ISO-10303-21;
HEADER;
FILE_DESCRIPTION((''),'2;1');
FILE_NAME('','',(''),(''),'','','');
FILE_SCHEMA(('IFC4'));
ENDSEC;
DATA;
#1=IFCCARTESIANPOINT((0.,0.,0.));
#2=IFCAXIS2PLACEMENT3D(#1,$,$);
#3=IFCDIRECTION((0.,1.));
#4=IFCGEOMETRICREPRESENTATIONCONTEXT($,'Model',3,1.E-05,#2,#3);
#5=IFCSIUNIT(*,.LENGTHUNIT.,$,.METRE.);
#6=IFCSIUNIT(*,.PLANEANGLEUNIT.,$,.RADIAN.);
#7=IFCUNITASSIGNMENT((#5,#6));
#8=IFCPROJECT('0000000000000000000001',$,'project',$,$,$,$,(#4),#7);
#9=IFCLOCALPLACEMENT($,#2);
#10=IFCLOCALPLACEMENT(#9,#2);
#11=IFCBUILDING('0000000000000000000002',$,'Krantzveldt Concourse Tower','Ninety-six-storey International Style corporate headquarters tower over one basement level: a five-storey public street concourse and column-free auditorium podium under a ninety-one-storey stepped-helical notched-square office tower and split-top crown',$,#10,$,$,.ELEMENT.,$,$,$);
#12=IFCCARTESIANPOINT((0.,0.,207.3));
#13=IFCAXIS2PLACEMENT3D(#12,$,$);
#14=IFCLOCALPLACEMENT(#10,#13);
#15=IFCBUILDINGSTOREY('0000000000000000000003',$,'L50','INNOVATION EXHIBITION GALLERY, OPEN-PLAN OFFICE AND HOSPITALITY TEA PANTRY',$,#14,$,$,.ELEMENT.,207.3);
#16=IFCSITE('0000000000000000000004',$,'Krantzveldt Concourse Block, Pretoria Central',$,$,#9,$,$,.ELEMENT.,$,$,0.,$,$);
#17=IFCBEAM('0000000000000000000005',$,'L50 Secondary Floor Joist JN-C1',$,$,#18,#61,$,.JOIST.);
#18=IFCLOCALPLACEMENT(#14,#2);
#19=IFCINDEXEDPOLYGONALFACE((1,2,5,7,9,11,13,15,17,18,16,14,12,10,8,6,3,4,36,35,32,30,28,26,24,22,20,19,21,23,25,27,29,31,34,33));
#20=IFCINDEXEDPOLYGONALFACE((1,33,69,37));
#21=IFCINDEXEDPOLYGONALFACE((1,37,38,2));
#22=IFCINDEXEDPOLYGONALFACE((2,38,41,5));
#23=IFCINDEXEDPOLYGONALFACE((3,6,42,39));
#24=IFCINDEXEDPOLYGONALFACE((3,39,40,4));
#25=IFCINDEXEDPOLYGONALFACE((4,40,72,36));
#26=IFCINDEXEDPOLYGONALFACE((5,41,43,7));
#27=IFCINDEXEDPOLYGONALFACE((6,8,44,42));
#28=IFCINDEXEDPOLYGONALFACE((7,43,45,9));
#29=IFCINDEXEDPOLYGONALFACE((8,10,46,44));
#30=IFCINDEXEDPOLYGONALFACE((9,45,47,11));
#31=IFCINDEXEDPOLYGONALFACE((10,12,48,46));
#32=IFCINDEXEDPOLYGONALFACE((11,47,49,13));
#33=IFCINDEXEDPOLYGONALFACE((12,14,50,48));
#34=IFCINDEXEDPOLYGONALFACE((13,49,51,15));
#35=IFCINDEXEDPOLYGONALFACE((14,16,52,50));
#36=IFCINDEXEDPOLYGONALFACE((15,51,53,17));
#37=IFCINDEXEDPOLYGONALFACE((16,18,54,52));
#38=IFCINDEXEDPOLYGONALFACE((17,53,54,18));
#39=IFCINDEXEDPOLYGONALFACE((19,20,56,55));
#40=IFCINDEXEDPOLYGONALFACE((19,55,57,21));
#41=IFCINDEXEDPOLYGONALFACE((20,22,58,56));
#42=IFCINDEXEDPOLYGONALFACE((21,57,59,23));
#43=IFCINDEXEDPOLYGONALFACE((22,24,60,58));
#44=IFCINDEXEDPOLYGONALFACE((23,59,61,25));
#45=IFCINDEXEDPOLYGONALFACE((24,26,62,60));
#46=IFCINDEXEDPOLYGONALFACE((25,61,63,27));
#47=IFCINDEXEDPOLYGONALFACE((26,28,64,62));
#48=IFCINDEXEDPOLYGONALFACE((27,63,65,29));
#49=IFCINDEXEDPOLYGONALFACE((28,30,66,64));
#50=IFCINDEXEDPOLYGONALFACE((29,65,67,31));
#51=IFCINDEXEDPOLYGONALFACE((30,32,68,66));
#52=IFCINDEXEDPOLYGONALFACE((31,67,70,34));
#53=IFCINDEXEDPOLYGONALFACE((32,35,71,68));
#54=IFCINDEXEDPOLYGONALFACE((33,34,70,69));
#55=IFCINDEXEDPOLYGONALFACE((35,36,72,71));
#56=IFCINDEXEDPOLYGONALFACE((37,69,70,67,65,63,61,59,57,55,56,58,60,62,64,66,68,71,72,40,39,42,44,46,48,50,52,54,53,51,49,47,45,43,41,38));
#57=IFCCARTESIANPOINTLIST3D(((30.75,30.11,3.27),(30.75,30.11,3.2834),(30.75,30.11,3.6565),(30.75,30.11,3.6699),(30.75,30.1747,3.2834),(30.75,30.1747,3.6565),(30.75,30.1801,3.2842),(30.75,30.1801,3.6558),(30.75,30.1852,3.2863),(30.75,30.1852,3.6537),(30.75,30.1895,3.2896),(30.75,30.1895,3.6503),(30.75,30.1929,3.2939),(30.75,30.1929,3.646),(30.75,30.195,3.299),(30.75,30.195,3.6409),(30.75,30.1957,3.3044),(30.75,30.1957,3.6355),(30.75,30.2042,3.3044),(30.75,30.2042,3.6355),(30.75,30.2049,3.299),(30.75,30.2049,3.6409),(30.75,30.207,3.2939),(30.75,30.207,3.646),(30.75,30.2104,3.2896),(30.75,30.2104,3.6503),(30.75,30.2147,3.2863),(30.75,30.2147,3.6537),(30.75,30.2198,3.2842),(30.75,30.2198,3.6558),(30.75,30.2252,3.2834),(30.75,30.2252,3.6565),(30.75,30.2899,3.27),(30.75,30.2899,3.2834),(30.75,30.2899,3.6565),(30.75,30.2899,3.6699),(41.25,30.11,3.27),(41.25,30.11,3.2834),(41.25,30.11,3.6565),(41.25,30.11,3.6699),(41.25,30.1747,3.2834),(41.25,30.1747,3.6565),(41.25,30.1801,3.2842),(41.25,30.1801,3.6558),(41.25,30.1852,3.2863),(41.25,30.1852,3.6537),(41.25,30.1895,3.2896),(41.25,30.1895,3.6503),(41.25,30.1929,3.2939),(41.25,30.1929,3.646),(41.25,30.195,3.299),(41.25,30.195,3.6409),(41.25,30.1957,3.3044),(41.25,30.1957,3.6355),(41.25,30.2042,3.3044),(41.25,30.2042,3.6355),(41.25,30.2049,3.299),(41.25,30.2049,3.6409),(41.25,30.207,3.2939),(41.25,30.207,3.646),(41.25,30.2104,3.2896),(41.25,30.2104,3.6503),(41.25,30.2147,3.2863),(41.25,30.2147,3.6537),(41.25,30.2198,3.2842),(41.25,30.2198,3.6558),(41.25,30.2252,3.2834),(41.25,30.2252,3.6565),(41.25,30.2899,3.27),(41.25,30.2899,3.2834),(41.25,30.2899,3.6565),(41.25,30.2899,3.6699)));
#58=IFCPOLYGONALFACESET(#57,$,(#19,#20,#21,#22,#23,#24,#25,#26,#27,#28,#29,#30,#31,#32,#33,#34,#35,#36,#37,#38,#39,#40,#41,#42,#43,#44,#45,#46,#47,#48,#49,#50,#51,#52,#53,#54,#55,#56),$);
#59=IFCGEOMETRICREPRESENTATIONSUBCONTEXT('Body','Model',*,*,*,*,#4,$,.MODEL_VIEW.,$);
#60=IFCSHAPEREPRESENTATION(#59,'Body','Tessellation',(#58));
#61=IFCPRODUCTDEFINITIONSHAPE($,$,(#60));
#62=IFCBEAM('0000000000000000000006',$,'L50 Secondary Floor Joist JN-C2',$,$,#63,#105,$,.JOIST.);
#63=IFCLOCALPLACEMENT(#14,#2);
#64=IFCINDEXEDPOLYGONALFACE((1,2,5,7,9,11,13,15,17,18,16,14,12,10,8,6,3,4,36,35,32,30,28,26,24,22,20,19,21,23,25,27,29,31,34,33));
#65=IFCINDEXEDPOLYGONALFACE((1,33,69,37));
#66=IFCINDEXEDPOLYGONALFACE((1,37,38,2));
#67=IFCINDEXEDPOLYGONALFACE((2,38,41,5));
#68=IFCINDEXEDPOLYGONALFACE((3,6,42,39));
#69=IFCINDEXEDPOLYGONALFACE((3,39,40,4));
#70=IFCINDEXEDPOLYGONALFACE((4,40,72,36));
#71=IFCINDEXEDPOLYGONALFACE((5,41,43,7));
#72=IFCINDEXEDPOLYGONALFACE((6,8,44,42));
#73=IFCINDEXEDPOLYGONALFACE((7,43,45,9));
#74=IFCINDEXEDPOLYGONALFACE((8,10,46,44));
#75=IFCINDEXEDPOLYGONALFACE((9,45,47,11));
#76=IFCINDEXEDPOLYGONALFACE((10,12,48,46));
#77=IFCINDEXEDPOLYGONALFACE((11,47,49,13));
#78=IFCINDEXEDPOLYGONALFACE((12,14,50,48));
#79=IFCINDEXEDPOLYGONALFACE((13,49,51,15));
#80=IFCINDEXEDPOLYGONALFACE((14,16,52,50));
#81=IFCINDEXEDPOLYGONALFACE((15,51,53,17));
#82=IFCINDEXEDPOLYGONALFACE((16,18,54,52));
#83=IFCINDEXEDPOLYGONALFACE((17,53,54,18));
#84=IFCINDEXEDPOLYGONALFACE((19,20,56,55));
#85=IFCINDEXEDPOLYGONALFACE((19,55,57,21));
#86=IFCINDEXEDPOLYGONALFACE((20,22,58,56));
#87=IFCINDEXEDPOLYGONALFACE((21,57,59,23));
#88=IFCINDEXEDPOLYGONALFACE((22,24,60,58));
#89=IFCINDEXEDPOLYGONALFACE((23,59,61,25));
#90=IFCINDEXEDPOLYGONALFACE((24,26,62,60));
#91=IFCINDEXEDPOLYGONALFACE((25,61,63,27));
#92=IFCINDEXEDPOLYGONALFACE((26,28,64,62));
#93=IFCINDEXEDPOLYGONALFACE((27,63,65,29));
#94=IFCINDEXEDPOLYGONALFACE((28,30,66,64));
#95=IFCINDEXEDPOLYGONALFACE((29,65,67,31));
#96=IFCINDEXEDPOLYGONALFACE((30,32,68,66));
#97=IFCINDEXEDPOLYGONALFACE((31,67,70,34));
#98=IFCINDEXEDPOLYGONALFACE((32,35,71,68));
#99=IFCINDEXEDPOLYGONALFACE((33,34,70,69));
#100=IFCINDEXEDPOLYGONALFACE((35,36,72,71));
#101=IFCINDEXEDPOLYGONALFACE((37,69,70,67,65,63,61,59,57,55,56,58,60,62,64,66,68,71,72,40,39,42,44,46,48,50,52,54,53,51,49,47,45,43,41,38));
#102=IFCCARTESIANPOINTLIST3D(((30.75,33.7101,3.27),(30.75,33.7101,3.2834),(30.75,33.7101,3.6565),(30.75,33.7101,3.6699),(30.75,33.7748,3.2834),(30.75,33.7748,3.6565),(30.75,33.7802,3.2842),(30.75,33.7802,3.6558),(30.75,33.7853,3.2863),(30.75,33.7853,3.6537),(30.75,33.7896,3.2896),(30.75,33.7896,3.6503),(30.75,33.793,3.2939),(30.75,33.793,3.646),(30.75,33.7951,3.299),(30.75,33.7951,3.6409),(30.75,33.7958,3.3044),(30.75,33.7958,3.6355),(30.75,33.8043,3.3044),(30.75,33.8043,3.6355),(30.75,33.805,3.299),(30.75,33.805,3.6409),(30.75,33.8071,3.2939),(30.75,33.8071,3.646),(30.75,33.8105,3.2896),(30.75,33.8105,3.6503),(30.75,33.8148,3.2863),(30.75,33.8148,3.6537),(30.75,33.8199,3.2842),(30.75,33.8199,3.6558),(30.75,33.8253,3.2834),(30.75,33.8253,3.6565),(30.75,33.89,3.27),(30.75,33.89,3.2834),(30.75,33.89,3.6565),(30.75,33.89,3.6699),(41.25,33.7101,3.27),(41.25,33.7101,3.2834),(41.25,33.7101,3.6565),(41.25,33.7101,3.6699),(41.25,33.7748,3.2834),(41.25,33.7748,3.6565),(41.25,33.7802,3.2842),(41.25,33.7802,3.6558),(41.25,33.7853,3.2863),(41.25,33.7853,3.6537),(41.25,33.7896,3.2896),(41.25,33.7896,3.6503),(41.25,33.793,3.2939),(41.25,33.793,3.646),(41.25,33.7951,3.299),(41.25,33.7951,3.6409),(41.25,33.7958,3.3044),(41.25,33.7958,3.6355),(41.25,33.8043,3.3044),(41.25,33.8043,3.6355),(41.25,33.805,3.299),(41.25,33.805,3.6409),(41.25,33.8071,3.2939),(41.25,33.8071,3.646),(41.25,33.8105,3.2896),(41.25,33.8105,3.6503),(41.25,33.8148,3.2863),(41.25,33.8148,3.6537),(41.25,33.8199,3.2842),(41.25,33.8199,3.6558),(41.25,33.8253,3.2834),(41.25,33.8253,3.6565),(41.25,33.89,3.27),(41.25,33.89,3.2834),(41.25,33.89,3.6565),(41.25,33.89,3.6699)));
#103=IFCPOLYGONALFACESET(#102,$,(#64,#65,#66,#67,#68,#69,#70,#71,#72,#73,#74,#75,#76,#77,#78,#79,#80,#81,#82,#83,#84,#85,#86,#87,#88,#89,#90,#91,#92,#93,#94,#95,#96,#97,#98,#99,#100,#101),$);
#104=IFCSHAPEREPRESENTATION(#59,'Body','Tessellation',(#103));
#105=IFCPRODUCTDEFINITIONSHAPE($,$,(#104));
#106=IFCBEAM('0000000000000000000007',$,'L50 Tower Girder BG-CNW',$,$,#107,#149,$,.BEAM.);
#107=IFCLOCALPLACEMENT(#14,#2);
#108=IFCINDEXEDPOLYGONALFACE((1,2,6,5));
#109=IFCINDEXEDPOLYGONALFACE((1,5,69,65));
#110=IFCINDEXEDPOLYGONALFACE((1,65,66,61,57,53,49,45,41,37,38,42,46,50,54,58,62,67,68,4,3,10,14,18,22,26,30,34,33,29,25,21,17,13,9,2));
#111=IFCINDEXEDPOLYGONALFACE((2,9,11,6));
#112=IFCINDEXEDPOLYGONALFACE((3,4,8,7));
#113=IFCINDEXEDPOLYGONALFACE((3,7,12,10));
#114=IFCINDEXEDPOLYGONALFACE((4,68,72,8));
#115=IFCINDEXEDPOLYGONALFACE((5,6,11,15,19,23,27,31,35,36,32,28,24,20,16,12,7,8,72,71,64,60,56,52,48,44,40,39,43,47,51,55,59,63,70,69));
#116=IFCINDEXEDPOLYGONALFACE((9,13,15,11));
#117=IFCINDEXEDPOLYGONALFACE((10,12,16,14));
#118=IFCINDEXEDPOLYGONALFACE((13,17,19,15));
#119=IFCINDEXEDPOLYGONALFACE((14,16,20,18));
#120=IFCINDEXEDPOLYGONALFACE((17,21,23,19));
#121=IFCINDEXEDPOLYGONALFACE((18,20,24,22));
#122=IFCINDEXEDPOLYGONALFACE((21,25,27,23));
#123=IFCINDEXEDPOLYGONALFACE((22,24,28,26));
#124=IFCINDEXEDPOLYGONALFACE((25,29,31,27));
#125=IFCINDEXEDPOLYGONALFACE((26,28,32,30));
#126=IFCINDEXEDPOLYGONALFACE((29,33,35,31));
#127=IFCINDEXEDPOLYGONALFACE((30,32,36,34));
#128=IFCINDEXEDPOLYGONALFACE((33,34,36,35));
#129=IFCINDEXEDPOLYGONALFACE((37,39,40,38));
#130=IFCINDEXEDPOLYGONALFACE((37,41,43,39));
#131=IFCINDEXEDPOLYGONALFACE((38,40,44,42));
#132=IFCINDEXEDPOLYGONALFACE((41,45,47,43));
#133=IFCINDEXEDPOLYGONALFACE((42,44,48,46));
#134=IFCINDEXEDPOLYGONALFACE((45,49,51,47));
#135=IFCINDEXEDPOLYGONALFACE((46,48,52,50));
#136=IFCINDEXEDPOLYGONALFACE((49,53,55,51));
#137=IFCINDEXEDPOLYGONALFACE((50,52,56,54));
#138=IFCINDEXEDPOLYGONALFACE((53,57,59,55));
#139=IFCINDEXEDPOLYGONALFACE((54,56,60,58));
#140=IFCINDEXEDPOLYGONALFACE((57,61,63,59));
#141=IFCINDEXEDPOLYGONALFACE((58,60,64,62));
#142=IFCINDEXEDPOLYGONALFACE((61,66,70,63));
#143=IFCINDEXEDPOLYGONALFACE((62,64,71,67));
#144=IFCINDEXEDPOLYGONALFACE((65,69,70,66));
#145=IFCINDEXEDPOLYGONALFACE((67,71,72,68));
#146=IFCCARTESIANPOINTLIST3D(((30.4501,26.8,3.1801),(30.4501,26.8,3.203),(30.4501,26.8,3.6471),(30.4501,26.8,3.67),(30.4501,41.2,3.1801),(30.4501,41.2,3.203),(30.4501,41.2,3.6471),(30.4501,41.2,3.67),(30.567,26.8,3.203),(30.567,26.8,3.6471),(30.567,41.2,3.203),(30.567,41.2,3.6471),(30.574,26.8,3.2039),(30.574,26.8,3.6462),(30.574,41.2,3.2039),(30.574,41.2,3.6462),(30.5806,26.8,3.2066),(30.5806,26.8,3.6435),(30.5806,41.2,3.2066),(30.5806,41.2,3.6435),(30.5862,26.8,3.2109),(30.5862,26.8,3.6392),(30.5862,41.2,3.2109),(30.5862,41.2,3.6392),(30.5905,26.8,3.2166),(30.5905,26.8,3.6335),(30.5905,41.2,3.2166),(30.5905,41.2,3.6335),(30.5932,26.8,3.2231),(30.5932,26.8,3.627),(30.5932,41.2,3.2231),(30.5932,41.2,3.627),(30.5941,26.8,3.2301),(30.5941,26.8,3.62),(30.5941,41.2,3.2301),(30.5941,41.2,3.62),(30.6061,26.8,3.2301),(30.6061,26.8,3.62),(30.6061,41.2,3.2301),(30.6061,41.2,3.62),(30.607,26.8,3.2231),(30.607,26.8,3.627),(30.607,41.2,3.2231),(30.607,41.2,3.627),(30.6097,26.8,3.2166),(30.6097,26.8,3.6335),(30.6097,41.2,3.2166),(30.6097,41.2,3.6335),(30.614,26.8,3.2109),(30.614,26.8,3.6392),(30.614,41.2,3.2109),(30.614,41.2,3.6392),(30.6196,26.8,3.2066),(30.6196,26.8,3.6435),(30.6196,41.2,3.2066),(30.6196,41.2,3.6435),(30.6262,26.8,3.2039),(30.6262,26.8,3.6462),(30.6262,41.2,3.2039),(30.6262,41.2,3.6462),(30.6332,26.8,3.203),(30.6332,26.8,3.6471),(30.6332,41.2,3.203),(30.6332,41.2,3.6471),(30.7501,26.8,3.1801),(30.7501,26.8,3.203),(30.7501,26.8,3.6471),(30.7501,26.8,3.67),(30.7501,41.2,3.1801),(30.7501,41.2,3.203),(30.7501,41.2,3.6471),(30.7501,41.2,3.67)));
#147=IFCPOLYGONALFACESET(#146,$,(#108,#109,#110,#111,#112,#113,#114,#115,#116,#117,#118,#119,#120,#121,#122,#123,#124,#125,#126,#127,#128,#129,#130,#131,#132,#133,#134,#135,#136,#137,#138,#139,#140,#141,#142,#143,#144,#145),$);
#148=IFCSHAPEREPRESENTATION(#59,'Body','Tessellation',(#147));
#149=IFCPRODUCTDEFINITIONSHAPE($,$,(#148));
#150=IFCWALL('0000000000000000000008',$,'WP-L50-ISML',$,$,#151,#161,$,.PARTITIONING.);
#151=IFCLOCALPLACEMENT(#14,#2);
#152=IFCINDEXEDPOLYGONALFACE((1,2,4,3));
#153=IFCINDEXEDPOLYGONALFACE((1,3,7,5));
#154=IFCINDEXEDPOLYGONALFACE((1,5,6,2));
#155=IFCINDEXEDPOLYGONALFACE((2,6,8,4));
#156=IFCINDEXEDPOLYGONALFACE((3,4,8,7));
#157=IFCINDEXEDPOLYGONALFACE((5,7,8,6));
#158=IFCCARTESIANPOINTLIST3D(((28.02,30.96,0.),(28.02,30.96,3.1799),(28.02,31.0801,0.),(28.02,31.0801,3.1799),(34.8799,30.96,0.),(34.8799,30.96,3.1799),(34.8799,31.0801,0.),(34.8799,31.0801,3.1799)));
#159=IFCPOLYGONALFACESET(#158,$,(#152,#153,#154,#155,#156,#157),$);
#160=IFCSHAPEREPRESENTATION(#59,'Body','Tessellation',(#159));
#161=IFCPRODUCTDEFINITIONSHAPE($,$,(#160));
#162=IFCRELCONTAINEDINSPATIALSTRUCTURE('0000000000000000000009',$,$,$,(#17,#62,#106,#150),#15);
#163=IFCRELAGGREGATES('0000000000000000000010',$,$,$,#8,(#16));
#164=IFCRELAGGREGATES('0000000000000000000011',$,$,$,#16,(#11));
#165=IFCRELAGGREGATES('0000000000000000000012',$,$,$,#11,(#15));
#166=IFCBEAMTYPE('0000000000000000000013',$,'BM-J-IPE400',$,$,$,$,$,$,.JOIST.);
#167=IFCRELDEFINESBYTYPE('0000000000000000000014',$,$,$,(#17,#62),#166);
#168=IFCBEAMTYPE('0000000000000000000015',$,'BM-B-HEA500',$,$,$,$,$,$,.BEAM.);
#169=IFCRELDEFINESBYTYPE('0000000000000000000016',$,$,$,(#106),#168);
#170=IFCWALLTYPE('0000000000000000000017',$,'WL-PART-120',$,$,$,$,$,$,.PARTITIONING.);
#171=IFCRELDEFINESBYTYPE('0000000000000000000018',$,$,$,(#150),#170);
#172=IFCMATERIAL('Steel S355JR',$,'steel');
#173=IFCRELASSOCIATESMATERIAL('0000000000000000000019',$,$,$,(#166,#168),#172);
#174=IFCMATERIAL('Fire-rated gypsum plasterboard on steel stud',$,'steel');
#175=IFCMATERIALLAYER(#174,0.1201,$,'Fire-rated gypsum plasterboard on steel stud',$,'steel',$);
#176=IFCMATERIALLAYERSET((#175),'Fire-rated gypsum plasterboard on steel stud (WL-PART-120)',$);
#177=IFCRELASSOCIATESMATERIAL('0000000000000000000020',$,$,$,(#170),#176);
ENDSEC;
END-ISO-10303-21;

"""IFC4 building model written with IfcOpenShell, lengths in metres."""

from ifc_helpers import new_model, si_unit, direction, frame, frame_2d, origin, origin_2d, place, context, subcontext, project, spatial, rectangle, i_section, extrude, source, transform, mapped, material, layer, layer_set, material_profile, profile_set, type_object, type_shapes, element, save


model = new_model("IFC4")

# Units and contexts
model_context = context("Model", 3, precision=1e-05, world=origin(), true_north=direction((0.0, 1.0)))
body_context = subcontext(model_context, "Body", "Model", "MODEL_VIEW")
ifc_project = project(units=[si_unit("LENGTHUNIT", "METRE"), si_unit("PLANEANGLEUNIT", "RADIAN")], contexts=[model_context])

# Site, building, storey
site_placement = place(None, origin())
site = spatial("IfcSite", under=ifc_project, at=site_placement, Name="Krantzveldt Concourse Block, Pretoria Central", CompositionType="ELEMENT", RefElevation=0.0)
building_placement = place(site_placement, origin())
building = spatial("IfcBuilding", under=site, at=building_placement, Name="Krantzveldt Concourse Tower", Description="Ninety-six-storey International Style corporate headquarters tower over one basement level: a five-storey public street concourse and column-free auditorium podium under a ninety-one-storey stepped-helical notched-square office tower and split-top crown", CompositionType="ELEMENT")
storey_placement = place(building_placement, frame((0.0, 0.0, 207.3)))
storey = spatial("IfcBuildingStorey", under=building, at=storey_placement, Name="L50", Description="INNOVATION EXHIBITION GALLERY, OPEN-PLAN OFFICE AND HOSPITALITY TEA PANTRY", CompositionType="ELEMENT", Elevation=207.3)

# Beams
ifc_material_1 = material(Name="Steel S355JR", Category="steel")
ifc_material_profile_1 = material_profile(ifc_material_1, i_section(OverallWidth=0.1799, OverallDepth=0.3999, WebThickness=0.0085, FlangeThickness=0.0134, FilletRadius=0.021, at=origin_2d()), Name="Steel S355JR", Category="steel")
ifc_profile_set_1 = profile_set([ifc_material_profile_1], Name="Steel S355JR - IPE 400")
beam_type_1 = type_object("IfcBeamType", Name="BM-J-IPE400", PredefinedType="JOIST", material=ifc_profile_set_1)
shared_shape_1 = source(origin(), body_context, "Body", "SweptSolid", [
    extrude(i_section(OverallWidth=0.1799, OverallDepth=0.3999, WebThickness=0.0085, FlangeThickness=0.0134, FilletRadius=0.021, at=origin_2d()), origin(), (0.0, 0.0, 1.0), 10.5),
])
type_shapes(beam_type_1, [shared_shape_1])
for number, where, z_axis, x_axis, name in (
    (1, (30.75, 30.2, 3.47), (1.0, 0.0, 0.0), (0.0, 1.0, 0.0), "L50 Secondary Floor Joist JN-C1"),
    (2, (30.75, 33.8, 3.47), (1.0, 0.0, 0.0), (0.0, 1.0, 0.0), "L50 Secondary Floor Joist JN-C2"),
):
    element("IfcBeam", number, at=place(storey_placement, frame(where, z_axis=z_axis, x_axis=x_axis)), inside=storey, type_object=beam_type_1, Name=name, PredefinedType="JOIST", context=body_context, shape_type="MappedRepresentation", body=[
        mapped(shared_shape_1, transform((0.0, 0.0, 0.0), x_axis=(1.0, 0.0, 0.0), y_axis=(0.0, 1.0, 0.0), z_axis=(0.0, 0.0, 1.0), scale=1.0)),
    ])
ifc_material_profile_2 = material_profile(ifc_material_1, i_section(OverallWidth=0.3, OverallDepth=0.49, WebThickness=0.012, FlangeThickness=0.0229, FilletRadius=0.0271, at=origin_2d()), Name="Steel S355JR", Category="steel")
ifc_profile_set_2 = profile_set([ifc_material_profile_2], Name="Steel S355JR - HEA 500")
beam_type_2 = type_object("IfcBeamType", Name="BM-B-HEA500", PredefinedType="BEAM", material=ifc_profile_set_2)
shared_shape_2 = source(origin(), body_context, "Body", "SweptSolid", [
    extrude(i_section(OverallWidth=0.3, OverallDepth=0.49, WebThickness=0.012, FlangeThickness=0.0229, FilletRadius=0.0271, at=origin_2d()), origin(), (0.0, 0.0, 1.0), 14.3999),
])
type_shapes(beam_type_2, [shared_shape_2])
beam_placement = place(storey_placement, frame((30.6001, 26.8, 3.425), z_axis=(0.0, 1.0, 0.0), x_axis=(-1.0, 0.0, 0.0)))
element("IfcBeam", 3, at=beam_placement, inside=storey, type_object=beam_type_2, Name="L50 Tower Girder BG-CNW", PredefinedType="BEAM", context=body_context, shape_type="MappedRepresentation", body=[
    mapped(shared_shape_2, transform((0.0, 0.0, 0.0), x_axis=(1.0, 0.0, 0.0), y_axis=(0.0, 1.0, 0.0), z_axis=(0.0, 0.0, 1.0), scale=1.0)),
])

# Wall
ifc_material_2 = material(Name="Fire-rated gypsum plasterboard on steel stud", Category="steel")
ifc_layer_1 = layer(ifc_material_2, 0.1201, Name="Fire-rated gypsum plasterboard on steel stud", Category="steel")
ifc_layer_set_1 = layer_set([ifc_layer_1], Name="Fire-rated gypsum plasterboard on steel stud (WL-PART-120)")
wall_type_1 = type_object("IfcWallType", Name="WL-PART-120", PredefinedType="PARTITIONING", material=ifc_layer_set_1)
wall_1_placement = place(storey_placement, frame((28.02, 31.02, 0.0), z_axis=(0.0, 0.0, 1.0), x_axis=(1.0, 0.0, 0.0)))
element("IfcWall", 4, at=wall_1_placement, inside=storey, type_object=wall_type_1, Name="WP-L50-ISML", PredefinedType="PARTITIONING", context=body_context, shape_type="SweptSolid", body=[
    extrude(rectangle(XDim=6.8599, YDim=0.1201, at=frame_2d((3.4299, 0.0))), origin(), (0.0, 0.0, 1.0), 3.1799),
])

save(model, "model.ifc")
